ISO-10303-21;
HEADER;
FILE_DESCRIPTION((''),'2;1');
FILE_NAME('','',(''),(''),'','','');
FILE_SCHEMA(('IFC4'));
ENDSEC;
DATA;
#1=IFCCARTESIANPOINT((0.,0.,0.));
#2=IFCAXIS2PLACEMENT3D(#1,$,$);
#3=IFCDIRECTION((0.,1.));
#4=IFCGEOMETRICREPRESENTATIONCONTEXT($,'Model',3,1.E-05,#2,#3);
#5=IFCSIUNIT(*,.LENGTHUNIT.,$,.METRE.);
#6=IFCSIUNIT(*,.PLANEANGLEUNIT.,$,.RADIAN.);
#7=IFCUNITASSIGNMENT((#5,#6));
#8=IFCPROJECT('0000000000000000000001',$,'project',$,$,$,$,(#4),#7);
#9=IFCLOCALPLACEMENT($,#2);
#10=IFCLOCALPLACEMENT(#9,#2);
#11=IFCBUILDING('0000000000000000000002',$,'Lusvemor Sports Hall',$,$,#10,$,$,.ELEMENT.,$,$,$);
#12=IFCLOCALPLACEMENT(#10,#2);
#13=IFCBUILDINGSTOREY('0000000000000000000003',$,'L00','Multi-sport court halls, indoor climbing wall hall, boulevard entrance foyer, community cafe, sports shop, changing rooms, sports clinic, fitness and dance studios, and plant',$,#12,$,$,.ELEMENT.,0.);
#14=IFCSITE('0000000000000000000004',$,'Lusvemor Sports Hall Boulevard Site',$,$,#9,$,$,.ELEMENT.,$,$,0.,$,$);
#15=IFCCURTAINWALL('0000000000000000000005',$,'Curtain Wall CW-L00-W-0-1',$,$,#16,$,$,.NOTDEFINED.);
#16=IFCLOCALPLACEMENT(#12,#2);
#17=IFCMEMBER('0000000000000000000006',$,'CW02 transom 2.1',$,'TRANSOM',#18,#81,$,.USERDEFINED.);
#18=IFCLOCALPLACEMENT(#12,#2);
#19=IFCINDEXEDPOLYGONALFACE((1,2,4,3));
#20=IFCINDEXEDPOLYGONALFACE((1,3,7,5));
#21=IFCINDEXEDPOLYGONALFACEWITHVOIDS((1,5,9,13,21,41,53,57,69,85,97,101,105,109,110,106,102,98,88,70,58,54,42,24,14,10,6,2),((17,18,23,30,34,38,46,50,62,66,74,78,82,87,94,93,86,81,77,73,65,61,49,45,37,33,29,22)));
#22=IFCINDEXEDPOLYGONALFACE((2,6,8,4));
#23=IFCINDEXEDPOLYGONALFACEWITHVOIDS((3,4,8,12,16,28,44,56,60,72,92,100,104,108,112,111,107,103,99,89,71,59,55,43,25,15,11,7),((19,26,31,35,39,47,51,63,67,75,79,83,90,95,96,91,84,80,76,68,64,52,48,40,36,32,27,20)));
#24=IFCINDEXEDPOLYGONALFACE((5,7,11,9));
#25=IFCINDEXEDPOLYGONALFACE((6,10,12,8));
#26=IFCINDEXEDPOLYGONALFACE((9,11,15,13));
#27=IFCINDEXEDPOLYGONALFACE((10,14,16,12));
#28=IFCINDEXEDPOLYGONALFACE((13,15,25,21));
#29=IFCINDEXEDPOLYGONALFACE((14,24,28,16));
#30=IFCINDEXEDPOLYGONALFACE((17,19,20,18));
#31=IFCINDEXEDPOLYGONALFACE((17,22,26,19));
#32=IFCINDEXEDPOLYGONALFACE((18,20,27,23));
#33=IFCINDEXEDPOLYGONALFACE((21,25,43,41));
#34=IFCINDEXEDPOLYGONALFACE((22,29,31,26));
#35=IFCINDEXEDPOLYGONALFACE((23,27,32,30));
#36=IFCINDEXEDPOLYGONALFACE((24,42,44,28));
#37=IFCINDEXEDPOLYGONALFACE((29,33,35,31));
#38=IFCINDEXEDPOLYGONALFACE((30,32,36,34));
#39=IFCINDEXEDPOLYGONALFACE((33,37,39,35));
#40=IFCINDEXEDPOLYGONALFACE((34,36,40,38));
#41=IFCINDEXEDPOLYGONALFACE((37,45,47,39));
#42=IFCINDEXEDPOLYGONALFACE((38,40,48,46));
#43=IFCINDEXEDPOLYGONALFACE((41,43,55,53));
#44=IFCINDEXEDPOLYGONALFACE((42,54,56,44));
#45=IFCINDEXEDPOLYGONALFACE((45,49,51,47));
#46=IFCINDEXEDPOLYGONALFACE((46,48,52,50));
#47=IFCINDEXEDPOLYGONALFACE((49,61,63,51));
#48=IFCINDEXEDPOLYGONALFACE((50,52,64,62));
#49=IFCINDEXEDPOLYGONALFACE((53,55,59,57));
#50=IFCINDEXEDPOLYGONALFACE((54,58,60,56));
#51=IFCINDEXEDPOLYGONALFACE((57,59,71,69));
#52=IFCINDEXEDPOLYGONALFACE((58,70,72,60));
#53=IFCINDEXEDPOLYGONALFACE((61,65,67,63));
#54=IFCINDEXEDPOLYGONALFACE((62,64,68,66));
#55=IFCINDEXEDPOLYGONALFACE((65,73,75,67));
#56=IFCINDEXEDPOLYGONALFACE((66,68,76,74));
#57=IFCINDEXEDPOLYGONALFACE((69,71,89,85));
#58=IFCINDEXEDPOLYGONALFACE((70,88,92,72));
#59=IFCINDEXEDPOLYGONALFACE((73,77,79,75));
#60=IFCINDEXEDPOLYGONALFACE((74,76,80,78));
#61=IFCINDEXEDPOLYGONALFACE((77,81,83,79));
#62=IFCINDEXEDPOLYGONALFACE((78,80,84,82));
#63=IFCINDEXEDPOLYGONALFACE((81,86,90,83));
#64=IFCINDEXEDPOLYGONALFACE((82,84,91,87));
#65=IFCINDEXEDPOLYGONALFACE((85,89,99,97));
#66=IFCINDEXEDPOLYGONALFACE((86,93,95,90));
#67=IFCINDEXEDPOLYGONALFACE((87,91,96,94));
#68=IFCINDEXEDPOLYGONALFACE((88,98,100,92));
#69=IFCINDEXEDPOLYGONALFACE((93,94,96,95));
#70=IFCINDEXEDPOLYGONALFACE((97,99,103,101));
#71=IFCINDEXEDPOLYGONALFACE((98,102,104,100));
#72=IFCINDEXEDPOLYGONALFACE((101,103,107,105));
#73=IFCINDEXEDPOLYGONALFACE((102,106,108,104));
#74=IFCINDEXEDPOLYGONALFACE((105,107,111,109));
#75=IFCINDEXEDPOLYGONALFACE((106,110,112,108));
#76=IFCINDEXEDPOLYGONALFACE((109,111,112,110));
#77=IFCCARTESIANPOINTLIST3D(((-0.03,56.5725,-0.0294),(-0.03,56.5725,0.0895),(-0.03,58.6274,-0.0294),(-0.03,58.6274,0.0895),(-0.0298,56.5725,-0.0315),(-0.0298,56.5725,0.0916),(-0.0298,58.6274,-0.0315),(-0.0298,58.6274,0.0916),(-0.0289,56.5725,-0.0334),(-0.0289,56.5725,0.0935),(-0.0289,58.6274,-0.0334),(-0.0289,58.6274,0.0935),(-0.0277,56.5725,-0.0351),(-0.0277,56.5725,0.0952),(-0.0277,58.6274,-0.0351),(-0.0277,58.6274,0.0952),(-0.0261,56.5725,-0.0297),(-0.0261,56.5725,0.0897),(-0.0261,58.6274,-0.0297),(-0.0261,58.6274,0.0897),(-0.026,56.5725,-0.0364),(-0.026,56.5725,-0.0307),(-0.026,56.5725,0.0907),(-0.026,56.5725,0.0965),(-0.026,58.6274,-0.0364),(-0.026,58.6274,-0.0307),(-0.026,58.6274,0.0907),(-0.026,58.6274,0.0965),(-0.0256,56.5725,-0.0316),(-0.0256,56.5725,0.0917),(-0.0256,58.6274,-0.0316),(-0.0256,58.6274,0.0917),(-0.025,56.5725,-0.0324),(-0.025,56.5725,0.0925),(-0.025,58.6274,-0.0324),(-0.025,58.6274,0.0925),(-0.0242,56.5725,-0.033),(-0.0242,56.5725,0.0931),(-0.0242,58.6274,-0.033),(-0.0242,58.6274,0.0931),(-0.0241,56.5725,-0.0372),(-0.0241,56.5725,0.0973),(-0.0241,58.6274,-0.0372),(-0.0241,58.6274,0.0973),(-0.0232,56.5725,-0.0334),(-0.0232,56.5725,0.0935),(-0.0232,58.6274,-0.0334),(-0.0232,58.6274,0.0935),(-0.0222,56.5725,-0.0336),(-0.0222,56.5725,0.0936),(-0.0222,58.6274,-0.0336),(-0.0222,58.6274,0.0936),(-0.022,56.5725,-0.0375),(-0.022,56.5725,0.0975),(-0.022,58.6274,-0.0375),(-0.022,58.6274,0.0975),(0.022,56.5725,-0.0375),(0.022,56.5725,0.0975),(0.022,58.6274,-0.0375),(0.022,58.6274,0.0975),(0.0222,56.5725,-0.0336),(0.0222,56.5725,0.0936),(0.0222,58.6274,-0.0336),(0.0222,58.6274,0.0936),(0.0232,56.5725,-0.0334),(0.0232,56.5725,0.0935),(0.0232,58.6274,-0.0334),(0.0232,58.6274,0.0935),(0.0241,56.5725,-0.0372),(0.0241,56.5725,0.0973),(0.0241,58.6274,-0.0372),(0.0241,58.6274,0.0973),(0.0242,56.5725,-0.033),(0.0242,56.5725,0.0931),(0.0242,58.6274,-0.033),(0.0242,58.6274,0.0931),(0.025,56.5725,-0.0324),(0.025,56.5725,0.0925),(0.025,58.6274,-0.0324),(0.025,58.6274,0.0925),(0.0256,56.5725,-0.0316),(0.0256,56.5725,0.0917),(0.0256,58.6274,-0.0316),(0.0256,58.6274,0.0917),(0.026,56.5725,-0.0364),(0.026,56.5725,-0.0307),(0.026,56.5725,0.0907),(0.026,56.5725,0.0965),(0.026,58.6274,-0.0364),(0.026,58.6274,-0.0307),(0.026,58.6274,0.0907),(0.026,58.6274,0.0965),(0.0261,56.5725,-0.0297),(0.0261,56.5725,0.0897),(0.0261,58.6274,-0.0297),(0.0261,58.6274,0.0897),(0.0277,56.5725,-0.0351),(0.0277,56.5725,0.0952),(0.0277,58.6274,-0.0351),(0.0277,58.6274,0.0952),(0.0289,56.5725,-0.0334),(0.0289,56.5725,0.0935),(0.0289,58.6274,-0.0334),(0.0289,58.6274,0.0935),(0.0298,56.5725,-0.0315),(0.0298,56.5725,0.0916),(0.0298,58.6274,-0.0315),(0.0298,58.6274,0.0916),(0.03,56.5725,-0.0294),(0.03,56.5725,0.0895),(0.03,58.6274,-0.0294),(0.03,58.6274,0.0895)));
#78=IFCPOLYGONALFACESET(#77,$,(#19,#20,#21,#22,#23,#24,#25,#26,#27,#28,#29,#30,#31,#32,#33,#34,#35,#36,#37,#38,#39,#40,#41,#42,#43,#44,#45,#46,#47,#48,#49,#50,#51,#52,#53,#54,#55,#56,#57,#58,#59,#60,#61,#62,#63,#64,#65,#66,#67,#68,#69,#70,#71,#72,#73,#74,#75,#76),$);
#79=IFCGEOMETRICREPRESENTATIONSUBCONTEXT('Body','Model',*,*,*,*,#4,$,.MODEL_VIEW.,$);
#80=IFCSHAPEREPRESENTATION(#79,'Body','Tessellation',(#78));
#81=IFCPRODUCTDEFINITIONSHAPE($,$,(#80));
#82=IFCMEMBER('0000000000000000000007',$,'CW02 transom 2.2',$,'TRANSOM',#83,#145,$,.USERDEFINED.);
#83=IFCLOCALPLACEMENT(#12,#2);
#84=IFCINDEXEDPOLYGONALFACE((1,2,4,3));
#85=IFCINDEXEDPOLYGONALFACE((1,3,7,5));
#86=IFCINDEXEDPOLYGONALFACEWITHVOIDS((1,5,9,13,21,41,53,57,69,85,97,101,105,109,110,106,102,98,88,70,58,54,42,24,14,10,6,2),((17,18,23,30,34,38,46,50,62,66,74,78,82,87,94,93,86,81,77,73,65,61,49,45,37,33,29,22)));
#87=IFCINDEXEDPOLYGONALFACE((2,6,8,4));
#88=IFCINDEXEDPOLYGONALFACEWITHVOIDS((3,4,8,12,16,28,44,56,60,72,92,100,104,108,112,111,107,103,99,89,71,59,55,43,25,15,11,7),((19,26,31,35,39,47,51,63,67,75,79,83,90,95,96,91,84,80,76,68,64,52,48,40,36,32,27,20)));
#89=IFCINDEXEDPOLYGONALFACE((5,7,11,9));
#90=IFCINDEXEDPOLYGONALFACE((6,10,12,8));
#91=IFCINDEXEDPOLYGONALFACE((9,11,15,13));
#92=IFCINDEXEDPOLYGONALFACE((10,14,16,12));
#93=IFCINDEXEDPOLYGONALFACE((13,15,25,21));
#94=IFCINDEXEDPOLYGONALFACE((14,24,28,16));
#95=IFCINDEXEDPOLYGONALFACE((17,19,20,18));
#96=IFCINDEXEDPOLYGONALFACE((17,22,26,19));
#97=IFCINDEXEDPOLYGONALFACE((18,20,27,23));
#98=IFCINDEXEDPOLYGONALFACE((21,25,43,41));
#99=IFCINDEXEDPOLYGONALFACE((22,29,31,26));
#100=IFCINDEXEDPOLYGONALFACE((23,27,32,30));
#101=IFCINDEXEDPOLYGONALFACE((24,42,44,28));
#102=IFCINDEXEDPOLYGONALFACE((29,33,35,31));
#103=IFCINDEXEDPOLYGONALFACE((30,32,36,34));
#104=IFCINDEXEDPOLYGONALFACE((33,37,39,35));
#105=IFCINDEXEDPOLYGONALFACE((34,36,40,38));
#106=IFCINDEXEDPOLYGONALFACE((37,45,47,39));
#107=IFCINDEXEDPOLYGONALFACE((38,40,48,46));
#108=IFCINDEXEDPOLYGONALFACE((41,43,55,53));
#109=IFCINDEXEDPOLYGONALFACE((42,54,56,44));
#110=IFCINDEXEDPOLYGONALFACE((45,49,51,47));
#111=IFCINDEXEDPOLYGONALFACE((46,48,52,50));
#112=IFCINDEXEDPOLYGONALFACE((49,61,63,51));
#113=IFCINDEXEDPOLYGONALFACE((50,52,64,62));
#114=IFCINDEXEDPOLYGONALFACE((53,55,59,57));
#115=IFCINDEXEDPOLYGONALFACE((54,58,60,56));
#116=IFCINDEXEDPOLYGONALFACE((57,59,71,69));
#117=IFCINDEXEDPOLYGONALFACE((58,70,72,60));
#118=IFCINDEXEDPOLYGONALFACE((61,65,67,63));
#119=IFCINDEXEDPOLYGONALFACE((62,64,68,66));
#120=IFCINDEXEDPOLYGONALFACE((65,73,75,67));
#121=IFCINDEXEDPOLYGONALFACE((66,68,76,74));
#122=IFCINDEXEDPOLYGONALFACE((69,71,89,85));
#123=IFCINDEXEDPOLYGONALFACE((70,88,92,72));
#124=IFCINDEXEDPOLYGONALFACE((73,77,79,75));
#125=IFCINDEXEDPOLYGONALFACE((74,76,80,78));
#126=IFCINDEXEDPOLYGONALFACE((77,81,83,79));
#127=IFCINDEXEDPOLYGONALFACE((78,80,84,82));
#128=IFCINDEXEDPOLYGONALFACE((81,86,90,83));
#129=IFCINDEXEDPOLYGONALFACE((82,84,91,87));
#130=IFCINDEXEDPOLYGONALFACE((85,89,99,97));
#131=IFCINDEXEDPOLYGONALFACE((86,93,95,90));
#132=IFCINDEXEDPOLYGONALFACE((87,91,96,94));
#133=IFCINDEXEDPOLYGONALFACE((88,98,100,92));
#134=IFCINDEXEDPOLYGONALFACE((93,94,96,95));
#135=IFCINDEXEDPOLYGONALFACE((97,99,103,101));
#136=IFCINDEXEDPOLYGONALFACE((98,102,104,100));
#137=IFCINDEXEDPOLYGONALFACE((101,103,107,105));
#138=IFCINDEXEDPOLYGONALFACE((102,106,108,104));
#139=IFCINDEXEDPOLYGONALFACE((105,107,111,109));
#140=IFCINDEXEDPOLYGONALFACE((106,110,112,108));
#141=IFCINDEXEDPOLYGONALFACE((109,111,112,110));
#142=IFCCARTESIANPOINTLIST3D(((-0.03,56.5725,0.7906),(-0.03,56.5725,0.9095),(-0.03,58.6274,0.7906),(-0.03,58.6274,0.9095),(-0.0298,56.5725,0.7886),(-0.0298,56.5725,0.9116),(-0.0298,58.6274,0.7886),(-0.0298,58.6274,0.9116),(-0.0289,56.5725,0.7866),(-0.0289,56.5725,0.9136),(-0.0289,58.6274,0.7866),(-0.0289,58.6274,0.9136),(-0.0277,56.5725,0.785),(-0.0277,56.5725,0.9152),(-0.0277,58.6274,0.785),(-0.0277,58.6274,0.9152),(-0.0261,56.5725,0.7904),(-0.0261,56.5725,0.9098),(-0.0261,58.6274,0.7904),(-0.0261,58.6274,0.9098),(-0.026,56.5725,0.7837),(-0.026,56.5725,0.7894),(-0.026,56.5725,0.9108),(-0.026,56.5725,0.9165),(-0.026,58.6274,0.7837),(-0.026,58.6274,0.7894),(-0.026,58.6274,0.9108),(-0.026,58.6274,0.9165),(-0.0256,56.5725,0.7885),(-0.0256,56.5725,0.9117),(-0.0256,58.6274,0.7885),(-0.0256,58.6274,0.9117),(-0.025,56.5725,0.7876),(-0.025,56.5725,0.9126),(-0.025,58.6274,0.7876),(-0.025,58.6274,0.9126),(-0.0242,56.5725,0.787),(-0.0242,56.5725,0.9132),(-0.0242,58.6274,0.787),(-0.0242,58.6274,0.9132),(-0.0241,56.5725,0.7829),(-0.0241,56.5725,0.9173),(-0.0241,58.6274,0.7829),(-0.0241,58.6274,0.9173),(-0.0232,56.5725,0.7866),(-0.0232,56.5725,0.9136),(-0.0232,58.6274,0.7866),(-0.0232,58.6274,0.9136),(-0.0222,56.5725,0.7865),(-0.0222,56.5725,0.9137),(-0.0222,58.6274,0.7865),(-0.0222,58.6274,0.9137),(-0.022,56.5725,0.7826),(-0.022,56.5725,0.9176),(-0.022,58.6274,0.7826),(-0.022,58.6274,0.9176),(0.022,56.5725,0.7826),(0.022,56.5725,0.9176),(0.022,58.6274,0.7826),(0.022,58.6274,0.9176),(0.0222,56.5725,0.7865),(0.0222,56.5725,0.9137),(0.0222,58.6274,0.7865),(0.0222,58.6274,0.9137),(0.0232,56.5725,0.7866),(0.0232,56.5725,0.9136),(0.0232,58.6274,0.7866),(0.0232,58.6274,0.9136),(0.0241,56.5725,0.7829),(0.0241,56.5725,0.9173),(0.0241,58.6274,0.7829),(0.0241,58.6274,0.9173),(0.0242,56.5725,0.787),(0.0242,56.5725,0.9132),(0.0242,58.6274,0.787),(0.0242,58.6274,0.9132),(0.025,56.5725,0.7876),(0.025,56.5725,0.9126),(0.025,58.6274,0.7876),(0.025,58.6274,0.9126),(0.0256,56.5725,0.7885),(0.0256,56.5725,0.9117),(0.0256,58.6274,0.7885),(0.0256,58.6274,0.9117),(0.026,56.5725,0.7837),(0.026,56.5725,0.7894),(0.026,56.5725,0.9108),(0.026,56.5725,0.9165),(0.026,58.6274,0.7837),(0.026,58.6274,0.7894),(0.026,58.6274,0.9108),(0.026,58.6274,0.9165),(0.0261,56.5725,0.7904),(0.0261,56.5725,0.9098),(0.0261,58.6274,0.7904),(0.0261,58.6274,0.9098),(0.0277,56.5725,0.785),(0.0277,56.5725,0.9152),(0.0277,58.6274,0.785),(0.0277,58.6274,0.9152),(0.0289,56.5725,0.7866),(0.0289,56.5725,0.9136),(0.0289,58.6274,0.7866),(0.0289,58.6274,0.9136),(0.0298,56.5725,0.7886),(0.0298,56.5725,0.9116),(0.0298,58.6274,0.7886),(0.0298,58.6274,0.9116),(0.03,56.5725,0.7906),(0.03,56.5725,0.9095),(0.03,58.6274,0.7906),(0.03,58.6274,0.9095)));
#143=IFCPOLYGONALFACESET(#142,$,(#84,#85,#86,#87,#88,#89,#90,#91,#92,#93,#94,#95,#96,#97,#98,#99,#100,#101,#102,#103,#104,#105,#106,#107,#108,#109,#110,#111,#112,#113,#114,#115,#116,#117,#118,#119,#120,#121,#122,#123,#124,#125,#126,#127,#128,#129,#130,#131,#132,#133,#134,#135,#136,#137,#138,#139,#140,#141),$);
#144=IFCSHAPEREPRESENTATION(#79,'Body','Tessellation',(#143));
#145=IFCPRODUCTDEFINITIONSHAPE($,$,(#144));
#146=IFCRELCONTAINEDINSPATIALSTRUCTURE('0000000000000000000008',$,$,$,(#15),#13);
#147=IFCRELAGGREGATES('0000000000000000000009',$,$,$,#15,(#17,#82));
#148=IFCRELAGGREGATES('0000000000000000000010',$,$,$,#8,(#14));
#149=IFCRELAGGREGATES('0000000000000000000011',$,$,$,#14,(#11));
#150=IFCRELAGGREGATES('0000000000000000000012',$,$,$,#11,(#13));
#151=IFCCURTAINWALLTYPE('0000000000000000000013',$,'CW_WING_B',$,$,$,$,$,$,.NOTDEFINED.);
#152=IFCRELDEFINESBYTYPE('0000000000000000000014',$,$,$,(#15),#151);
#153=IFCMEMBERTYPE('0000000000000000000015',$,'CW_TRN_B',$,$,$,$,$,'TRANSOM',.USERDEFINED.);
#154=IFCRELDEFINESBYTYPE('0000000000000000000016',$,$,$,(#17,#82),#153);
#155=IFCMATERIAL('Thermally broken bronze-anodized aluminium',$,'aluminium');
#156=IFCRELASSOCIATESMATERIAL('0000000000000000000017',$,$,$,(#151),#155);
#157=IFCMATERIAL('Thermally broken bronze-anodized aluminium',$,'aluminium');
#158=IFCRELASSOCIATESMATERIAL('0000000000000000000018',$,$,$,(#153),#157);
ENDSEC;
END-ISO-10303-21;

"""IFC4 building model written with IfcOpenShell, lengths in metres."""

from ifc_helpers import new_model, si_unit, direction, frame, origin, origin_2d, place, context, subcontext, project, spatial, hollow_rectangle, extrude, material, material_profile, profile_set, type_object, element, aggregate, save


model = new_model("IFC4")

# Units and contexts
model_context = context("Model", 3, precision=1e-05, world=origin(), true_north=direction((0.0, 1.0)))
body_context = subcontext(model_context, "Body", "Model", "MODEL_VIEW")
ifc_project = project(units=[si_unit("LENGTHUNIT", "METRE"), si_unit("PLANEANGLEUNIT", "RADIAN")], contexts=[model_context])

# Site, building, storey
site_placement = place(None, origin())
site = spatial("IfcSite", under=ifc_project, at=site_placement, Name="Lusvemor Sports Hall Boulevard Site", CompositionType="ELEMENT", RefElevation=0.0)
building_placement = place(site_placement, origin())
building = spatial("IfcBuilding", under=site, at=building_placement, Name="Lusvemor Sports Hall", CompositionType="ELEMENT")
storey_placement = place(building_placement, origin())
storey = spatial("IfcBuildingStorey", under=building, at=storey_placement, Name="L00", Description="Multi-sport court halls, indoor climbing wall hall, boulevard entrance foyer, community cafe, sports shop, changing rooms, sports clinic, fitness and dance studios, and plant", CompositionType="ELEMENT", Elevation=0.0)

# Curtain wall, members
ifc_material_1 = material(Name="Thermally broken bronze-anodized aluminium", Category="aluminium")
curtain_wall_type = type_object("IfcCurtainWallType", Name="CW_WING_B", PredefinedType="NOTDEFINED", material=ifc_material_1)
curtain_wall_placement = place(storey_placement, origin())
curtain_wall = element("IfcCurtainWall", 1, at=curtain_wall_placement, inside=storey, type_object=curtain_wall_type, Name="Curtain Wall CW-L00-W-0-1", PredefinedType="NOTDEFINED")
ifc_material_2 = material(Name="Thermally broken bronze-anodized aluminium", Category="aluminium")
ifc_material_profile_1 = material_profile(ifc_material_2, hollow_rectangle(XDim=0.0601, YDim=0.135, WallThickness=0.0039, InnerFilletRadius=0.0039, OuterFilletRadius=0.0081, at=origin_2d()), Name="CWTRN135x60x4")
ifc_profile_set_1 = profile_set([ifc_material_profile_1], Name="Thermally broken bronze-anodized aluminium")
member_type_1 = type_object("IfcMemberType", Name="CW_TRN_B", ElementType="TRANSOM", PredefinedType="USERDEFINED", material=ifc_profile_set_1)
member_1_placement = place(storey_placement, frame((0.0, 56.5725, 0.03), z_axis=(0.0, 1.0, 0.0), x_axis=(-1.0, 0.0, 0.0)))
member_1 = element("IfcMember", 2, at=member_1_placement, type_object=member_type_1, Name="CW02 transom 2.1", ObjectType="TRANSOM", PredefinedType="USERDEFINED", context=body_context, shape_type="SweptSolid", body=[
    extrude(hollow_rectangle(XDim=0.0601, YDim=0.135, WallThickness=0.0039, InnerFilletRadius=0.0039, OuterFilletRadius=0.0081, at=origin_2d()), origin(), (0.0, 0.0, 1.0), 2.0549),
])
member_2_placement = place(storey_placement, frame((0.0, 56.5725, 0.8501), z_axis=(0.0, 1.0, 0.0), x_axis=(-1.0, 0.0, 0.0)))
member_2 = element("IfcMember", 3, at=member_2_placement, type_object=member_type_1, Name="CW02 transom 2.2", ObjectType="TRANSOM", PredefinedType="USERDEFINED", context=body_context, shape_type="SweptSolid", body=[
    extrude(hollow_rectangle(XDim=0.0601, YDim=0.135, WallThickness=0.0039, InnerFilletRadius=0.0039, OuterFilletRadius=0.0081, at=origin_2d()), origin(), (0.0, 0.0, 1.0), 2.0549),
])
aggregate(curtain_wall, [member_1, member_2])

save(model, "model.ifc")
